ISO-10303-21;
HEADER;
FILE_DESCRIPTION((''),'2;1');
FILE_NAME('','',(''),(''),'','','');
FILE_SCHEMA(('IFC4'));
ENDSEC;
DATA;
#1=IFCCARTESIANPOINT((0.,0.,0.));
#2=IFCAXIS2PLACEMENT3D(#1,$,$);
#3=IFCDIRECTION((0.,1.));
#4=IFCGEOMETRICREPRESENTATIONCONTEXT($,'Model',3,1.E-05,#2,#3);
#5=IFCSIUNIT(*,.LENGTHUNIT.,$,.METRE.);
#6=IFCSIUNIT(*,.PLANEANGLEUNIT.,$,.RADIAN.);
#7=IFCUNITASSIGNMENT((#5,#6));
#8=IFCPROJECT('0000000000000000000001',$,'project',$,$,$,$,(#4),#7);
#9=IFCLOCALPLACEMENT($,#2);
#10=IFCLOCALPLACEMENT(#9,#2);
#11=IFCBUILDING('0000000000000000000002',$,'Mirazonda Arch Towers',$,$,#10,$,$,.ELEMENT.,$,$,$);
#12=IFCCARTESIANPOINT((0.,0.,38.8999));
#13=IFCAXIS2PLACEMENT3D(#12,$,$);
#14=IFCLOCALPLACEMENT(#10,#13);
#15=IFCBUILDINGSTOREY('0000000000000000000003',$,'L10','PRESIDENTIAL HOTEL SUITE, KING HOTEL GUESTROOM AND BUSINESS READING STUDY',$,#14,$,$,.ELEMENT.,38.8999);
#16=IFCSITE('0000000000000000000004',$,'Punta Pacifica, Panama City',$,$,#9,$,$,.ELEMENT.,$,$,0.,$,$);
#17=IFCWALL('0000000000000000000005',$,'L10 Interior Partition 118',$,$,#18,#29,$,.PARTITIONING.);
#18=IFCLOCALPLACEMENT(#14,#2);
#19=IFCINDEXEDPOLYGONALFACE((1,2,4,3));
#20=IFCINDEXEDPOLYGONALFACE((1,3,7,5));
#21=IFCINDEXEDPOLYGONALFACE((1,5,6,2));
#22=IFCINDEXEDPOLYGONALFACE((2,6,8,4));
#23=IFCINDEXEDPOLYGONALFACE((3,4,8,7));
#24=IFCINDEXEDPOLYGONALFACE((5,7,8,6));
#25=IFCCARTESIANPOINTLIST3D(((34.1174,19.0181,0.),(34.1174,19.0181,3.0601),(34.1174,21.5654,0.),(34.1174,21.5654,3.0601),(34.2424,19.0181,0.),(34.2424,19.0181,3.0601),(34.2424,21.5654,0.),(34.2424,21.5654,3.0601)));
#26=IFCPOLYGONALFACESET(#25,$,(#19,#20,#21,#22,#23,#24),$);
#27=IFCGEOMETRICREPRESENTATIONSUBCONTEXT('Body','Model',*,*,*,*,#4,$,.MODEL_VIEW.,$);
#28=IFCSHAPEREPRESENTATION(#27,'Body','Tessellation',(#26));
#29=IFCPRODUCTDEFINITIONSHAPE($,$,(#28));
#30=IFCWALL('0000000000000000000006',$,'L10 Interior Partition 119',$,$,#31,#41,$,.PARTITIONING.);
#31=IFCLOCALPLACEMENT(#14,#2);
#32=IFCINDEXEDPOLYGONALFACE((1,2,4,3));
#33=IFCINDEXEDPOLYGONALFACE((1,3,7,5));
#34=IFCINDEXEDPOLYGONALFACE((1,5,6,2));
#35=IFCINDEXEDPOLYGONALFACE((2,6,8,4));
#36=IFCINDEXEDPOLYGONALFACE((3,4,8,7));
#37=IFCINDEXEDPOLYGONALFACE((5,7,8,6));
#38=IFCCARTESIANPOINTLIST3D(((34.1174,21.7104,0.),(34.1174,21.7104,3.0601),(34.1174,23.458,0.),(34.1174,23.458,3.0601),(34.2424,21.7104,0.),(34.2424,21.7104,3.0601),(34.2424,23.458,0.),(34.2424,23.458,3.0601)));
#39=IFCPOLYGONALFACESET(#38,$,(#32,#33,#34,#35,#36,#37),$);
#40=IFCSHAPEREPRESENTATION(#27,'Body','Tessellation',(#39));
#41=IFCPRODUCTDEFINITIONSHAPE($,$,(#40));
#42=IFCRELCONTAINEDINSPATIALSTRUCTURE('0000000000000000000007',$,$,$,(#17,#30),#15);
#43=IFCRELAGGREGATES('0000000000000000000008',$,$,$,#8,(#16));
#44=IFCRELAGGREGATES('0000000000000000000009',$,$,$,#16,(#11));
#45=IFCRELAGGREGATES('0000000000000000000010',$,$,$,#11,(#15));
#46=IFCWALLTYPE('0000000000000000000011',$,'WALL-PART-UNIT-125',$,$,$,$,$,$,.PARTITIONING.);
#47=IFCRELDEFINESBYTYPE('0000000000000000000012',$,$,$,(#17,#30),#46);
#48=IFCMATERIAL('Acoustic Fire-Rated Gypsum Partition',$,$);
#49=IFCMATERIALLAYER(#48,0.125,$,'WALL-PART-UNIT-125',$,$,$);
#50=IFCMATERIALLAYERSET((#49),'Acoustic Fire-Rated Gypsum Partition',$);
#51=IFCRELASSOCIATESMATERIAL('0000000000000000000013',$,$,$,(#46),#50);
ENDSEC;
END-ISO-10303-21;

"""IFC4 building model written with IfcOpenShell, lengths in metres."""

from ifc_helpers import new_model, si_unit, direction, frame, frame_2d, origin, place, context, subcontext, project, spatial, rectangle, extrude, material, layer, layer_set, type_object, element, save


model = new_model("IFC4")

# Units and contexts
model_context = context("Model", 3, precision=1e-05, world=origin(), true_north=direction((0.0, 1.0)))
body_context = subcontext(model_context, "Body", "Model", "MODEL_VIEW")
ifc_project = project(units=[si_unit("LENGTHUNIT", "METRE"), si_unit("PLANEANGLEUNIT", "RADIAN")], contexts=[model_context])

# Site, building, storey
site_placement = place(None, origin())
site = spatial("IfcSite", under=ifc_project, at=site_placement, Name="Punta Pacifica, Panama City", CompositionType="ELEMENT", RefElevation=0.0)
building_placement = place(site_placement, origin())
building = spatial("IfcBuilding", under=site, at=building_placement, Name="Mirazonda Arch Towers", CompositionType="ELEMENT")
storey_placement = place(building_placement, frame((0.0, 0.0, 38.8999)))
storey = spatial("IfcBuildingStorey", under=building, at=storey_placement, Name="L10", Description="PRESIDENTIAL HOTEL SUITE, KING HOTEL GUESTROOM AND BUSINESS READING STUDY", CompositionType="ELEMENT", Elevation=38.8999)

# Walls
ifc_material_1 = material(Name="Acoustic Fire-Rated Gypsum Partition")
ifc_layer_1 = layer(ifc_material_1, 0.125, Name="WALL-PART-UNIT-125")
ifc_layer_set_1 = layer_set([ifc_layer_1], Name="Acoustic Fire-Rated Gypsum Partition")
wall_type_1 = type_object("IfcWallType", Name="WALL-PART-UNIT-125", PredefinedType="PARTITIONING", material=ifc_layer_set_1)
wall_1_placement = place(storey_placement, frame((34.1799, 19.0181, 0.0), z_axis=(0.0, 0.0, 1.0), x_axis=(0.0, 1.0, 0.0)))
element("IfcWall", 1, at=wall_1_placement, inside=storey, type_object=wall_type_1, Name="L10 Interior Partition 118", PredefinedType="PARTITIONING", context=body_context, shape_type="SweptSolid", body=[
    extrude(rectangle(XDim=2.5474, YDim=0.125, at=frame_2d((1.2737, 0.0))), origin(), (0.0, 0.0, 1.0), 3.0601),
])
wall_2_placement = place(storey_placement, frame((34.1799, 21.7104, 0.0), z_axis=(0.0, 0.0, 1.0), x_axis=(0.0, 1.0, 0.0)))
element("IfcWall", 2, at=wall_2_placement, inside=storey, type_object=wall_type_1, Name="L10 Interior Partition 119", PredefinedType="PARTITIONING", context=body_context, shape_type="SweptSolid", body=[
    extrude(rectangle(XDim=1.7476, YDim=0.125, at=frame_2d((0.8738, 0.0))), origin(), (0.0, 0.0, 1.0), 3.0601),
])

save(model, "model.ifc")
